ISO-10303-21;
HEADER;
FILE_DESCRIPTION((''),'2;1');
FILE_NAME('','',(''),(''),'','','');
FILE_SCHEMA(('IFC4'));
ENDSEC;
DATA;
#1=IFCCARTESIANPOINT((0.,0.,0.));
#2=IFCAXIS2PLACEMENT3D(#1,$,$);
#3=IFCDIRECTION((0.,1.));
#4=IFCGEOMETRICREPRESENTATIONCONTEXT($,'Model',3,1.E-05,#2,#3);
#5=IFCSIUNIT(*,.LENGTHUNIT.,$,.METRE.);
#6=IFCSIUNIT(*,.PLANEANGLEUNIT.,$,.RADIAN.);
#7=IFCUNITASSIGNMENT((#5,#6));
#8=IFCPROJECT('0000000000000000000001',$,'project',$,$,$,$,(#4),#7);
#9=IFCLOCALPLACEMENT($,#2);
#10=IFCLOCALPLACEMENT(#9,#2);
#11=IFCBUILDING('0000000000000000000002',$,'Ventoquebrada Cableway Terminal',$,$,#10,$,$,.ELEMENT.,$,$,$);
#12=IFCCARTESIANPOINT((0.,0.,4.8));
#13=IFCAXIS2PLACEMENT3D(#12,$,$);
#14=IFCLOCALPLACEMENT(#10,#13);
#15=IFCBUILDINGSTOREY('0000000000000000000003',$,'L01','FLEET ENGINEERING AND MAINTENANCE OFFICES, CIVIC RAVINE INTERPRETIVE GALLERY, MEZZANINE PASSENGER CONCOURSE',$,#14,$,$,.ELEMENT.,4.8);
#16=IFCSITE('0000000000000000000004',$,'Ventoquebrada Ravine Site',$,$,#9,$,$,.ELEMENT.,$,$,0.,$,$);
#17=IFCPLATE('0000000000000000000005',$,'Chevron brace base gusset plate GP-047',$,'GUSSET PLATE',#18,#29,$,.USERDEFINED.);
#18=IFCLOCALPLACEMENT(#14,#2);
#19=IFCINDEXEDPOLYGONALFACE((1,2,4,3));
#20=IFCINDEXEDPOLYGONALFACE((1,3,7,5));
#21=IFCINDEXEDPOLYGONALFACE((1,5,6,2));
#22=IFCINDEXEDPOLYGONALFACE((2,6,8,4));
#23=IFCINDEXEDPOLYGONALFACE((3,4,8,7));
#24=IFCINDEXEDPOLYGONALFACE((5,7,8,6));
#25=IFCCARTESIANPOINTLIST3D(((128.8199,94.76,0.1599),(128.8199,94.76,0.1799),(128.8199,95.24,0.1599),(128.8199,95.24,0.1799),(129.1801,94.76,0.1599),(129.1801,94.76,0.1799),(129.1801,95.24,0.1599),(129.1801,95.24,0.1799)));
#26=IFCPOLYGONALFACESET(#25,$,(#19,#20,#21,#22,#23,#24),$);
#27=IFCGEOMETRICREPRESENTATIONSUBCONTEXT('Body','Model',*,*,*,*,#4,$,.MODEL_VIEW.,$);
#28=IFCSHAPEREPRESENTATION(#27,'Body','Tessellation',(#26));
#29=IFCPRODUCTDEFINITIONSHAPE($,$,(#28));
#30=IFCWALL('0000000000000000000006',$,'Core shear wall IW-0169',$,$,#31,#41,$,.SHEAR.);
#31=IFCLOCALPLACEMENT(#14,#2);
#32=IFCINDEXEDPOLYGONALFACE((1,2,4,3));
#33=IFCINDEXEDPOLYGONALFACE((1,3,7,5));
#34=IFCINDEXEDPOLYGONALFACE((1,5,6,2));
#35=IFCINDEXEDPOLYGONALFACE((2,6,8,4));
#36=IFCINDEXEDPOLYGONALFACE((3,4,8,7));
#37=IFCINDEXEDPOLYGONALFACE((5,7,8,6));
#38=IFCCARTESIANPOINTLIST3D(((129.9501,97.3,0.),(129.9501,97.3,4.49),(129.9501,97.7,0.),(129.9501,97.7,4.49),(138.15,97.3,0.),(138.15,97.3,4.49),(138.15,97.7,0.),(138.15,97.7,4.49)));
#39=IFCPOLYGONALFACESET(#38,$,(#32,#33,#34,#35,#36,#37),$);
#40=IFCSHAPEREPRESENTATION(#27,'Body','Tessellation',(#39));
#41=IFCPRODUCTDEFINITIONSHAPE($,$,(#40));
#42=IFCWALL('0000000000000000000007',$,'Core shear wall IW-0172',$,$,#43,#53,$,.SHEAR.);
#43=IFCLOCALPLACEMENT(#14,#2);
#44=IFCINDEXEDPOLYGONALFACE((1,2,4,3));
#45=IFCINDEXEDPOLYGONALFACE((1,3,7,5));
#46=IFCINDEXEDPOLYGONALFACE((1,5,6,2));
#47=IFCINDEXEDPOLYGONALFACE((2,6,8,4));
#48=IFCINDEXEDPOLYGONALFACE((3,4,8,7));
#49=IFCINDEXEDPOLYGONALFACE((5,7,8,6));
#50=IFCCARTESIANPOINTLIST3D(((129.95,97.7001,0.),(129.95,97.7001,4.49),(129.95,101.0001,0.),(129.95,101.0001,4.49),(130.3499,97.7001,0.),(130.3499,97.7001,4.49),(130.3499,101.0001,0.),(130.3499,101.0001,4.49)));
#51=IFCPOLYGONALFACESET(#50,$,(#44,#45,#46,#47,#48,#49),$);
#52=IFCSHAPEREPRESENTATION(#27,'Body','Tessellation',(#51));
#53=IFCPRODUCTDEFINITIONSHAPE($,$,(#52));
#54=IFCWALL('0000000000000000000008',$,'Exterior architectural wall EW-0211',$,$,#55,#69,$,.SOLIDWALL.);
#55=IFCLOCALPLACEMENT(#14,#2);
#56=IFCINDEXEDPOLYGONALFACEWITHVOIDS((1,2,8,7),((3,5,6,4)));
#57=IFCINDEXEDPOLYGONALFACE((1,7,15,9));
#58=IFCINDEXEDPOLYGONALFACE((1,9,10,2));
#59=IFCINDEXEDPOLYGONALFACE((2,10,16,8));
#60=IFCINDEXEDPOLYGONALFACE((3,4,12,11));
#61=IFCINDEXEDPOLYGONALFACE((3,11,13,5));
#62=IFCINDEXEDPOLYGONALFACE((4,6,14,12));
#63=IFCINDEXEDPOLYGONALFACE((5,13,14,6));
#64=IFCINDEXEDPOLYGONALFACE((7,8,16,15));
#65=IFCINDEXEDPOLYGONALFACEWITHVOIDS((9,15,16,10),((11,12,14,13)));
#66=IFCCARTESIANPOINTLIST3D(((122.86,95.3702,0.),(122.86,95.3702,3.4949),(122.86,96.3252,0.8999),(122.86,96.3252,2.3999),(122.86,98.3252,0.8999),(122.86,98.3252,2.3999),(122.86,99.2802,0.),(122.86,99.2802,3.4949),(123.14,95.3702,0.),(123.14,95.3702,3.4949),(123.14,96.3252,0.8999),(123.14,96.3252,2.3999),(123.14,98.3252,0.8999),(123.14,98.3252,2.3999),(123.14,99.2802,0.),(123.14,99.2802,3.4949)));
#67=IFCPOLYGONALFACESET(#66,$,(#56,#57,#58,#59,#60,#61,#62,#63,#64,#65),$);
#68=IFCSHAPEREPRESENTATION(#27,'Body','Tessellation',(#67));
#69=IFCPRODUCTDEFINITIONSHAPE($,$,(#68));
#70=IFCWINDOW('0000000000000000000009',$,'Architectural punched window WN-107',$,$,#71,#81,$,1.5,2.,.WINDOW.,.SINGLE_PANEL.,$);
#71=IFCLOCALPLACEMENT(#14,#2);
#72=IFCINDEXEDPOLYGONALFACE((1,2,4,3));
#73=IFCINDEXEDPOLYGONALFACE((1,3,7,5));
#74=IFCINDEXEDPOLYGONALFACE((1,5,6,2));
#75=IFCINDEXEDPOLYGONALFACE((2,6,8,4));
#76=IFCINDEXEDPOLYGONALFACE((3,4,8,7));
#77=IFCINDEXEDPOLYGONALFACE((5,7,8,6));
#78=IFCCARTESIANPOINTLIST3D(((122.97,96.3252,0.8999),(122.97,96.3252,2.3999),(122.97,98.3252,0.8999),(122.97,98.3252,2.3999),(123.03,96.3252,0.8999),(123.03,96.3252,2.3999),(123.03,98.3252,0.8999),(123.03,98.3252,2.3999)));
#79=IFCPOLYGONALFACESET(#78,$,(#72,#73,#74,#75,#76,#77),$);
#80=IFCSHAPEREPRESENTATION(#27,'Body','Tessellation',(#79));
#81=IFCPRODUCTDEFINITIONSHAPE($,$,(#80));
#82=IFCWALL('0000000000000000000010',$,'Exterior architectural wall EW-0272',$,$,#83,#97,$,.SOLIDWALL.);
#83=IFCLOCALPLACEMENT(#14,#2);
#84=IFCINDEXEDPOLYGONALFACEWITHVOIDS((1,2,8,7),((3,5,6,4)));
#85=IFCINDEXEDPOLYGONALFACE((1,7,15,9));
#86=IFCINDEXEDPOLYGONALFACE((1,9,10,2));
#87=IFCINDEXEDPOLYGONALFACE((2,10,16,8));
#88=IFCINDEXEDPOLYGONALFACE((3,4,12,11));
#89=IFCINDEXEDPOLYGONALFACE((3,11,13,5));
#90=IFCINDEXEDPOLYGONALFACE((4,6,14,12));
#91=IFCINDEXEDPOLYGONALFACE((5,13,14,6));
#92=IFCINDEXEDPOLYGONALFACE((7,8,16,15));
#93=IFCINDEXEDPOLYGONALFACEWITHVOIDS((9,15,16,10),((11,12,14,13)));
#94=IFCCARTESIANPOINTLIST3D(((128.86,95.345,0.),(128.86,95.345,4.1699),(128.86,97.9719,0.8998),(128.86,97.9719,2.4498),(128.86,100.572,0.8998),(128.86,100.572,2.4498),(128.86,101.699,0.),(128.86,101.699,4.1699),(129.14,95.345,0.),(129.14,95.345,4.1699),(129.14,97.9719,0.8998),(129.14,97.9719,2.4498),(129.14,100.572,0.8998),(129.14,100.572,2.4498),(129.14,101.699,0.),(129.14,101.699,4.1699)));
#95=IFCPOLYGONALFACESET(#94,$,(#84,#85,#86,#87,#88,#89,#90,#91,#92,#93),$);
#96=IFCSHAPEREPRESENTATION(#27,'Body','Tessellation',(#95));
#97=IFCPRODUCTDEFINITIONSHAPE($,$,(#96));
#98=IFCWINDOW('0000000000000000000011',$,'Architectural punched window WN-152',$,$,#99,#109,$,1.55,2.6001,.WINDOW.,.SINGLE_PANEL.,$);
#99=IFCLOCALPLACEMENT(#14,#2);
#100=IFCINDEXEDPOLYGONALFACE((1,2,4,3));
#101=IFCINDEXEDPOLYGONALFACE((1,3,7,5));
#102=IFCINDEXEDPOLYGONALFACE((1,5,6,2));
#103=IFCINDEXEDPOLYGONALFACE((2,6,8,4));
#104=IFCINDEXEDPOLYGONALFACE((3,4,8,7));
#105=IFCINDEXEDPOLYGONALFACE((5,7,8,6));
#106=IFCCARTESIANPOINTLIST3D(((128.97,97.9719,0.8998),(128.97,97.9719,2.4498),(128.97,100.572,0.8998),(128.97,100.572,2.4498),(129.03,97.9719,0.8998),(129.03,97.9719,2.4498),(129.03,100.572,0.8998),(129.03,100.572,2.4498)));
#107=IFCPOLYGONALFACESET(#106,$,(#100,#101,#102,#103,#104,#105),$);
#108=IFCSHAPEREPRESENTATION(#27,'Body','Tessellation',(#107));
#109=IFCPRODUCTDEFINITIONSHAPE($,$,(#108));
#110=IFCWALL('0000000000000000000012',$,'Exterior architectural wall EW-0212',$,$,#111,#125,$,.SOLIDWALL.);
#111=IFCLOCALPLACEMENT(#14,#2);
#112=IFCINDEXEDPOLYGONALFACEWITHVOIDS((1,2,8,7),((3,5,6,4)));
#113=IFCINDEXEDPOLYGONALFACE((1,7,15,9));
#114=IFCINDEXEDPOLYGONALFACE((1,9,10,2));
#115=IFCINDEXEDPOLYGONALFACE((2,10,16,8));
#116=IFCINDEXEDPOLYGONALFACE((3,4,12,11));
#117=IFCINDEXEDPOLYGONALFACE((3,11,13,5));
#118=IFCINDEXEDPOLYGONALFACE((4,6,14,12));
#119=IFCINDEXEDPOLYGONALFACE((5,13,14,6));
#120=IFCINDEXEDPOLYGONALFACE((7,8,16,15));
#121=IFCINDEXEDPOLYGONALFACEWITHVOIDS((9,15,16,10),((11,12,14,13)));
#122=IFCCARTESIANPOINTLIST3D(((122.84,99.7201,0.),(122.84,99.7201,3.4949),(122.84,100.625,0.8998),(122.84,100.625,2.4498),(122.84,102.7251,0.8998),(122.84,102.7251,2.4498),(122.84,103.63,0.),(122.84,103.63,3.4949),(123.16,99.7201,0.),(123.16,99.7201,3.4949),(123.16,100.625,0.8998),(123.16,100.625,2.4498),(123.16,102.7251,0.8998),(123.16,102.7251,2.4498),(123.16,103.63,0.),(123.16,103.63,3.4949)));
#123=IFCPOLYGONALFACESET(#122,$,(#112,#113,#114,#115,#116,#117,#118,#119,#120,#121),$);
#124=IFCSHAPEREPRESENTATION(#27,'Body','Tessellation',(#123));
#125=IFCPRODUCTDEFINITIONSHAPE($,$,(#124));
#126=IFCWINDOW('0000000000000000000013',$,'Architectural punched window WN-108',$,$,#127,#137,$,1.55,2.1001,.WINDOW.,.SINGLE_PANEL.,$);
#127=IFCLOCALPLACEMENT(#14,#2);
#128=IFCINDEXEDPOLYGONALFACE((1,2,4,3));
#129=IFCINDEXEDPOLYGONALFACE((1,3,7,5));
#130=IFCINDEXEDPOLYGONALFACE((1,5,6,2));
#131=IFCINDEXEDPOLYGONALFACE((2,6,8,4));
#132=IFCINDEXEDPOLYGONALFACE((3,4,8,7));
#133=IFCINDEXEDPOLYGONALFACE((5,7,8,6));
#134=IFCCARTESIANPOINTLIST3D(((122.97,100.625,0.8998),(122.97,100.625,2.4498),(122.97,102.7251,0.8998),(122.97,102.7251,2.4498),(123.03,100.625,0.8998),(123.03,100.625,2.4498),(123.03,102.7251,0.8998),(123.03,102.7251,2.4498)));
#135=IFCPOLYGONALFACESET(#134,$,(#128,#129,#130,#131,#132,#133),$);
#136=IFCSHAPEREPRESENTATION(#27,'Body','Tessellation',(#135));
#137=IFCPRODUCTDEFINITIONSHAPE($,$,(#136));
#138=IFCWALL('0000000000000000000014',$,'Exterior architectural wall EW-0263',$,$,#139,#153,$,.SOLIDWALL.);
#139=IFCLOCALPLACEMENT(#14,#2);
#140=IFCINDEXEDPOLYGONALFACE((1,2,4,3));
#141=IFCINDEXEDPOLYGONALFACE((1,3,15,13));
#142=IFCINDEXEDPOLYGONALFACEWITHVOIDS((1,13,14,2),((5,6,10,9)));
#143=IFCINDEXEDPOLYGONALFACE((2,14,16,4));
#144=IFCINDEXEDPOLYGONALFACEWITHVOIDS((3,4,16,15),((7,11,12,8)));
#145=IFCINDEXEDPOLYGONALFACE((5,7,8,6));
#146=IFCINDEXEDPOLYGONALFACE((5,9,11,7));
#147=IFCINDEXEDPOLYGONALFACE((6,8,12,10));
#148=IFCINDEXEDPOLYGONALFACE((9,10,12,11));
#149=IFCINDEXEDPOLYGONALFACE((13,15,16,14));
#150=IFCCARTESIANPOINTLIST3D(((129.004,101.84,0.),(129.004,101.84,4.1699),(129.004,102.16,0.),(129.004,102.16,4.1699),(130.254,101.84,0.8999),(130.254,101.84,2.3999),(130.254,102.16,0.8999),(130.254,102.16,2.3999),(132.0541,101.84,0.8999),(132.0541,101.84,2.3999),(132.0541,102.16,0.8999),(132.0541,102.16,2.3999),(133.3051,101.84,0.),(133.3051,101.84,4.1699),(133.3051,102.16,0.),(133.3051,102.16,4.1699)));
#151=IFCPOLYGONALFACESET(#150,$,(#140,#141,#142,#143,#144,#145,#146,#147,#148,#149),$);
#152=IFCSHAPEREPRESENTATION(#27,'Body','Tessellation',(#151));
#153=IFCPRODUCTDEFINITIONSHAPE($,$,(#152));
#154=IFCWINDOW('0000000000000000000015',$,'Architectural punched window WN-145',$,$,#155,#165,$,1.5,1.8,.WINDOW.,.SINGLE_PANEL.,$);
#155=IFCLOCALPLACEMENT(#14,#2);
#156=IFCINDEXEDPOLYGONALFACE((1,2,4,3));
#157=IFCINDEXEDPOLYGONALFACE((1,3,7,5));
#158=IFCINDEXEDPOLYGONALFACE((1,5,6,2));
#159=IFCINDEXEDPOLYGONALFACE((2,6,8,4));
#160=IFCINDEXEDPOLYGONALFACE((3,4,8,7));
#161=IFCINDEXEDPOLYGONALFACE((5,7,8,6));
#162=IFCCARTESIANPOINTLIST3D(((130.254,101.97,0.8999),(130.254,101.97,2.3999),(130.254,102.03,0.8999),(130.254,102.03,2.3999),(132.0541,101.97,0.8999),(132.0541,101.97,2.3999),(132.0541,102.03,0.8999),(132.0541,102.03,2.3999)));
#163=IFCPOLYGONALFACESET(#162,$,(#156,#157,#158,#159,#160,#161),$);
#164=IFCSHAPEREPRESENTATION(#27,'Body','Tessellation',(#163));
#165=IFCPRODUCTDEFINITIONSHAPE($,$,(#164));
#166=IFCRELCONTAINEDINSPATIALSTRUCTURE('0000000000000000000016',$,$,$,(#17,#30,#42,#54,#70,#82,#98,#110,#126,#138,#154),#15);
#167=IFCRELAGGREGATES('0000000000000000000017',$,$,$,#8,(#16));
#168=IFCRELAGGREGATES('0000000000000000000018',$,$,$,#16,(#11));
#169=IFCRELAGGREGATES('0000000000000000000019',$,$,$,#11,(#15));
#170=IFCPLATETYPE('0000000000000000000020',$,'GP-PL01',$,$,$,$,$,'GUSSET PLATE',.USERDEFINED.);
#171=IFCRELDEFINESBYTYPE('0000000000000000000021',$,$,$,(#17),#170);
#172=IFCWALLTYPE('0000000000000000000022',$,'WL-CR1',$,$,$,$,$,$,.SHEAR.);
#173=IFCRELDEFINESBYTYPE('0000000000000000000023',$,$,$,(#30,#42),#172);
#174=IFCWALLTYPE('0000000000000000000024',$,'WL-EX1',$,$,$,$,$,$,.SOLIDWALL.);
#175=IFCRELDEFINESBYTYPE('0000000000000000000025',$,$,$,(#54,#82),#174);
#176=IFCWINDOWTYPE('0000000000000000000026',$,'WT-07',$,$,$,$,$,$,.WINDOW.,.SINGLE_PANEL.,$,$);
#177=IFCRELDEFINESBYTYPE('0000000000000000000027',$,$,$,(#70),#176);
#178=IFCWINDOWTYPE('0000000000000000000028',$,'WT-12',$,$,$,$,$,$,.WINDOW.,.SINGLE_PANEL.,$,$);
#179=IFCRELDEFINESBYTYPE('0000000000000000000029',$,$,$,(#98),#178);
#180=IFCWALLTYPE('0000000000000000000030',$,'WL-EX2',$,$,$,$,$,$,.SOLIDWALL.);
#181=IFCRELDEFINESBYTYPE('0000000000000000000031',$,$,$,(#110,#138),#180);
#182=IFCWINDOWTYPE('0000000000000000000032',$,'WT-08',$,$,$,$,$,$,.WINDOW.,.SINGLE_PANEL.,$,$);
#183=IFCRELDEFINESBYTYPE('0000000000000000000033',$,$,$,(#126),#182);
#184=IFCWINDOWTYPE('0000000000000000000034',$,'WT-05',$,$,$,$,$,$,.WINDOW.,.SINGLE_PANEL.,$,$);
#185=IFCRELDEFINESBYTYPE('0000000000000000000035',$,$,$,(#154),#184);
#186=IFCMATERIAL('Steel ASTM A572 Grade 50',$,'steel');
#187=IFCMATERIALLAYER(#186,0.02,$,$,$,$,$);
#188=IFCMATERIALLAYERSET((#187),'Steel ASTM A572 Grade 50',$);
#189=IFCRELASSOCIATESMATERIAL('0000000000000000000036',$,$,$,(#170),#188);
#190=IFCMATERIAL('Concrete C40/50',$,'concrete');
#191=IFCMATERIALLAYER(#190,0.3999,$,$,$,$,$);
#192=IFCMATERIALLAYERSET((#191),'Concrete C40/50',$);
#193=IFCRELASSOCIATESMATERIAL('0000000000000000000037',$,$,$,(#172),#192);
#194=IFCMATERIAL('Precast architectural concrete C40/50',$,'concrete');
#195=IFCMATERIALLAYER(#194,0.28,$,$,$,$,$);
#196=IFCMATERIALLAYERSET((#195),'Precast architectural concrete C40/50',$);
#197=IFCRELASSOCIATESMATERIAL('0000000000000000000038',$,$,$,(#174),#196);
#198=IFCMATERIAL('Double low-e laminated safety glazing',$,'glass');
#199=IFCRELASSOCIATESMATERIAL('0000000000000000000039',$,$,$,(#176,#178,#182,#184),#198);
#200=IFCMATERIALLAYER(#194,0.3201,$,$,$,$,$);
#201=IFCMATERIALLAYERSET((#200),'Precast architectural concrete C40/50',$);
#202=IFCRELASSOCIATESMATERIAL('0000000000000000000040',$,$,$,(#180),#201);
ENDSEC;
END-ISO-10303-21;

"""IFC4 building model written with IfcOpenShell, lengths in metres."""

from ifc_helpers import new_model, si_unit, direction, frame, frame_2d, origin, origin_2d, place, context, subcontext, project, spatial, rectangle, extrude, material, layer, layer_set, type_object, element, fill, save


model = new_model("IFC4")

# Units and contexts
model_context = context("Model", 3, precision=1e-05, world=origin(), true_north=direction((0.0, 1.0)))
body_context = subcontext(model_context, "Body", "Model", "MODEL_VIEW")
ifc_project = project(units=[si_unit("LENGTHUNIT", "METRE"), si_unit("PLANEANGLEUNIT", "RADIAN")], contexts=[model_context])

# Site, building, storey
site_placement = place(None, origin())
site = spatial("IfcSite", under=ifc_project, at=site_placement, Name="Ventoquebrada Ravine Site", CompositionType="ELEMENT", RefElevation=0.0)
building_placement = place(site_placement, origin())
building = spatial("IfcBuilding", under=site, at=building_placement, Name="Ventoquebrada Cableway Terminal", CompositionType="ELEMENT")
storey_placement = place(building_placement, frame((0.0, 0.0, 4.8)))
storey = spatial("IfcBuildingStorey", under=building, at=storey_placement, Name="L01", Description="FLEET ENGINEERING AND MAINTENANCE OFFICES, CIVIC RAVINE INTERPRETIVE GALLERY, MEZZANINE PASSENGER CONCOURSE", CompositionType="ELEMENT", Elevation=4.8)

# Shared definitions
ifc_material_1 = material(Name="Concrete C40/50", Category="concrete")

# Plate
ifc_material_2 = material(Name="Steel ASTM A572 Grade 50", Category="steel")
ifc_layer_1 = layer(ifc_material_2, 0.02)
ifc_layer_set_1 = layer_set([ifc_layer_1], Name="Steel ASTM A572 Grade 50")
plate_type = type_object("IfcPlateType", Name="GP-PL01", ElementType="GUSSET PLATE", PredefinedType="USERDEFINED", material=ifc_layer_set_1)
plate_placement = place(storey_placement, frame((129.0, 95.0, 0.1599), z_axis=(0.0, 0.0, 1.0), x_axis=(0.0, 1.0, 0.0)))
element("IfcPlate", 1, at=plate_placement, inside=storey, type_object=plate_type, Name="Chevron brace base gusset plate GP-047", ObjectType="GUSSET PLATE", PredefinedType="USERDEFINED", context=body_context, shape_type="SweptSolid", body=[
    extrude(rectangle(XDim=0.48, YDim=0.3601, at=origin_2d()), origin(), (0.0, 0.0, 1.0), 0.02),
])

# Walls
ifc_layer_2 = layer(ifc_material_1, 0.3999)
ifc_layer_set_2 = layer_set([ifc_layer_2], Name="Concrete C40/50")
wall_type_1 = type_object("IfcWallType", Name="WL-CR1", PredefinedType="SHEAR", material=ifc_layer_set_2)
wall_1_placement = place(storey_placement, frame((129.95, 97.5, 0.0), z_axis=(0.0, 0.0, 1.0), x_axis=(1.0, 0.0, 0.0)))
element("IfcWall", 2, at=wall_1_placement, inside=storey, type_object=wall_type_1, Name="Core shear wall IW-0169", PredefinedType="SHEAR", context=body_context, shape_type="SweptSolid", body=[
    extrude(rectangle(XDim=8.2, YDim=0.3999, at=frame_2d((4.1001, 0.0))), origin(), (0.0, 0.0, 1.0), 4.49),
])
wall_2_placement = place(storey_placement, frame((130.1499, 101.0, 0.0), z_axis=(0.0, 0.0, 1.0), x_axis=(0.0, -1.0, 0.0)))
element("IfcWall", 3, at=wall_2_placement, inside=storey, type_object=wall_type_1, Name="Core shear wall IW-0172", PredefinedType="SHEAR", context=body_context, shape_type="SweptSolid", body=[
    extrude(rectangle(XDim=3.3, YDim=0.3999, at=frame_2d((1.6499, 0.0))), origin(), (0.0, 0.0, 1.0), 4.49),
])

# Walls, openings, windows
ifc_material_3 = material(Name="Precast architectural concrete C40/50", Category="concrete")
ifc_layer_3 = layer(ifc_material_3, 0.28)
ifc_layer_set_3 = layer_set([ifc_layer_3], Name="Precast architectural concrete C40/50")
wall_type_2 = type_object("IfcWallType", Name="WL-EX1", PredefinedType="SOLIDWALL", material=ifc_layer_set_3)
wall_3_placement = place(storey_placement, frame((123.0, 95.3701, 0.0), z_axis=(0.0, 0.0, 1.0), x_axis=(0.0, 1.0, 0.0)))
wall_3 = element("IfcWall", 4, at=wall_3_placement, inside=storey, type_object=wall_type_2, Name="Exterior architectural wall EW-0211", PredefinedType="SOLIDWALL", context=body_context, shape_type="SweptSolid", body=[
    extrude(rectangle(XDim=3.9099, YDim=0.28, at=frame_2d((1.9551, 0.0))), origin(), (0.0, 0.0, 1.0), 3.4949),
])
opening_1_placement = place(wall_3_placement, frame((0.9551, 0.0, 0.8999)))
opening_1 = element("IfcOpeningElement", 5, at=opening_1_placement, cuts=wall_3, PredefinedType="OPENING", context=body_context, shape_type="SweptSolid", body=[
    extrude(rectangle(XDim=2.0, YDim=1.5, at=frame_2d((1.0, 0.75))), frame((0.0, 0.1499, 0.0), z_axis=(0.0, -1.0, 0.0), x_axis=(1.0, 0.0, 0.0)), (0.0, 0.0, 1.0), 0.3),
])
ifc_material_4 = material(Name="Double low-e laminated safety glazing", Category="glass")
window_type_1 = type_object("IfcWindowType", Name="WT-07", PartitioningType="SINGLE_PANEL", PredefinedType="WINDOW", material=ifc_material_4)
window_1_placement = place(opening_1_placement, origin())
window_1 = element("IfcWindow", 6, at=window_1_placement, inside=storey, type_object=window_type_1, Name="Architectural punched window WN-107", OverallHeight=1.5, OverallWidth=2.0, PartitioningType="SINGLE_PANEL", PredefinedType="WINDOW", context=body_context, shape_type="SweptSolid", body=[
    extrude(rectangle(XDim=2.0, YDim=1.5, at=frame_2d((1.0, 0.75))), frame((0.0, 0.03, 0.0), z_axis=(0.0, -1.0, 0.0), x_axis=(1.0, 0.0, 0.0)), (0.0, 0.0, 1.0), 0.0601),
])
fill(opening_1, window_1)
wall_4_placement = place(storey_placement, frame((129.0, 101.699, 0.0), z_axis=(0.0, 0.0, 1.0), x_axis=(0.0, -1.0, 0.0)))
wall_4 = element("IfcWall", 7, at=wall_4_placement, inside=storey, type_object=wall_type_2, Name="Exterior architectural wall EW-0272", PredefinedType="SOLIDWALL", context=body_context, shape_type="SweptSolid", body=[
    extrude(rectangle(XDim=6.354, YDim=0.28, at=frame_2d((3.177, 0.0))), origin(), (0.0, 0.0, 1.0), 4.1699),
])
opening_2_placement = place(wall_4_placement, frame((1.127, 0.0, 0.8999)))
opening_2 = element("IfcOpeningElement", 8, at=opening_2_placement, cuts=wall_4, PredefinedType="OPENING", context=body_context, shape_type="SweptSolid", body=[
    extrude(rectangle(XDim=2.6001, YDim=1.55, at=frame_2d((1.3, 0.7749))), frame((0.0, 0.1499, 0.0), z_axis=(0.0, -1.0, 0.0), x_axis=(1.0, 0.0, 0.0)), (0.0, 0.0, 1.0), 0.3),
])
window_type_2 = type_object("IfcWindowType", Name="WT-12", PartitioningType="SINGLE_PANEL", PredefinedType="WINDOW", material=ifc_material_4)
window_2_placement = place(opening_2_placement, origin())
window_2 = element("IfcWindow", 9, at=window_2_placement, inside=storey, type_object=window_type_2, Name="Architectural punched window WN-152", OverallHeight=1.55, OverallWidth=2.6001, PartitioningType="SINGLE_PANEL", PredefinedType="WINDOW", context=body_context, shape_type="SweptSolid", body=[
    extrude(rectangle(XDim=2.6001, YDim=1.55, at=frame_2d((1.3, 0.7749))), frame((0.0, 0.03, 0.0), z_axis=(0.0, -1.0, 0.0), x_axis=(1.0, 0.0, 0.0)), (0.0, 0.0, 1.0), 0.0601),
])
fill(opening_2, window_2)
ifc_layer_4 = layer(ifc_material_3, 0.3201)
ifc_layer_set_4 = layer_set([ifc_layer_4], Name="Precast architectural concrete C40/50")
wall_type_3 = type_object("IfcWallType", Name="WL-EX2", PredefinedType="SOLIDWALL", material=ifc_layer_set_4)
wall_5_placement = place(storey_placement, frame((123.0, 99.72, 0.0), z_axis=(0.0, 0.0, 1.0), x_axis=(0.0, 1.0, 0.0)))
wall_5 = element("IfcWall", 10, at=wall_5_placement, inside=storey, type_object=wall_type_3, Name="Exterior architectural wall EW-0212", PredefinedType="SOLIDWALL", context=body_context, shape_type="SweptSolid", body=[
    extrude(rectangle(XDim=3.9099, YDim=0.3201, at=frame_2d((1.9551, 0.0))), origin(), (0.0, 0.0, 1.0), 3.4949),
])
opening_3_placement = place(wall_5_placement, frame((0.905, 0.0, 0.8999)))
opening_3 = element("IfcOpeningElement", 11, at=opening_3_placement, cuts=wall_5, PredefinedType="OPENING", context=body_context, shape_type="SweptSolid", body=[
    extrude(rectangle(XDim=2.1001, YDim=1.55, at=frame_2d((1.05, 0.7749))), frame((0.0, 0.1699, 0.0), z_axis=(0.0, -1.0, 0.0), x_axis=(1.0, 0.0, 0.0)), (0.0, 0.0, 1.0), 0.3401),
])
window_type_3 = type_object("IfcWindowType", Name="WT-08", PartitioningType="SINGLE_PANEL", PredefinedType="WINDOW", material=ifc_material_4)
window_3_placement = place(opening_3_placement, origin())
window_3 = element("IfcWindow", 12, at=window_3_placement, inside=storey, type_object=window_type_3, Name="Architectural punched window WN-108", OverallHeight=1.55, OverallWidth=2.1001, PartitioningType="SINGLE_PANEL", PredefinedType="WINDOW", context=body_context, shape_type="SweptSolid", body=[
    extrude(rectangle(XDim=2.1001, YDim=1.55, at=frame_2d((1.05, 0.7749))), frame((0.0, 0.03, 0.0), z_axis=(0.0, -1.0, 0.0), x_axis=(1.0, 0.0, 0.0)), (0.0, 0.0, 1.0), 0.0601),
])
fill(opening_3, window_3)
wall_6_placement = place(storey_placement, frame((133.3049, 102.0, 0.0), z_axis=(0.0, 0.0, 1.0), x_axis=(-1.0, 0.0, 0.0)))
wall_6 = element("IfcWall", 13, at=wall_6_placement, inside=storey, type_object=wall_type_3, Name="Exterior architectural wall EW-0263", PredefinedType="SOLIDWALL", context=body_context, shape_type="SweptSolid", body=[
    extrude(rectangle(XDim=4.301, YDim=0.3201, at=frame_2d((2.1504, 0.0))), origin(), (0.0, 0.0, 1.0), 4.1699),
])
opening_4_placement = place(wall_6_placement, frame((1.251, 0.0, 0.8999)))
opening_4 = element("IfcOpeningElement", 14, at=opening_4_placement, cuts=wall_6, PredefinedType="OPENING", context=body_context, shape_type="SweptSolid", body=[
    extrude(rectangle(XDim=1.8, YDim=1.5, at=frame_2d((0.8999, 0.75))), frame((0.0, 0.1699, 0.0), z_axis=(0.0, -1.0, 0.0), x_axis=(1.0, 0.0, 0.0)), (0.0, 0.0, 1.0), 0.3401),
])
window_type_4 = type_object("IfcWindowType", Name="WT-05", PartitioningType="SINGLE_PANEL", PredefinedType="WINDOW", material=ifc_material_4)
window_4_placement = place(opening_4_placement, origin())
window_4 = element("IfcWindow", 15, at=window_4_placement, inside=storey, type_object=window_type_4, Name="Architectural punched window WN-145", OverallHeight=1.5, OverallWidth=1.8, PartitioningType="SINGLE_PANEL", PredefinedType="WINDOW", context=body_context, shape_type="SweptSolid", body=[
    extrude(rectangle(XDim=1.8, YDim=1.5, at=frame_2d((0.8999, 0.75))), frame((0.0, 0.03, 0.0), z_axis=(0.0, -1.0, 0.0), x_axis=(1.0, 0.0, 0.0)), (0.0, 0.0, 1.0), 0.0601),
])
fill(opening_4, window_4)

save(model, "model.ifc")
